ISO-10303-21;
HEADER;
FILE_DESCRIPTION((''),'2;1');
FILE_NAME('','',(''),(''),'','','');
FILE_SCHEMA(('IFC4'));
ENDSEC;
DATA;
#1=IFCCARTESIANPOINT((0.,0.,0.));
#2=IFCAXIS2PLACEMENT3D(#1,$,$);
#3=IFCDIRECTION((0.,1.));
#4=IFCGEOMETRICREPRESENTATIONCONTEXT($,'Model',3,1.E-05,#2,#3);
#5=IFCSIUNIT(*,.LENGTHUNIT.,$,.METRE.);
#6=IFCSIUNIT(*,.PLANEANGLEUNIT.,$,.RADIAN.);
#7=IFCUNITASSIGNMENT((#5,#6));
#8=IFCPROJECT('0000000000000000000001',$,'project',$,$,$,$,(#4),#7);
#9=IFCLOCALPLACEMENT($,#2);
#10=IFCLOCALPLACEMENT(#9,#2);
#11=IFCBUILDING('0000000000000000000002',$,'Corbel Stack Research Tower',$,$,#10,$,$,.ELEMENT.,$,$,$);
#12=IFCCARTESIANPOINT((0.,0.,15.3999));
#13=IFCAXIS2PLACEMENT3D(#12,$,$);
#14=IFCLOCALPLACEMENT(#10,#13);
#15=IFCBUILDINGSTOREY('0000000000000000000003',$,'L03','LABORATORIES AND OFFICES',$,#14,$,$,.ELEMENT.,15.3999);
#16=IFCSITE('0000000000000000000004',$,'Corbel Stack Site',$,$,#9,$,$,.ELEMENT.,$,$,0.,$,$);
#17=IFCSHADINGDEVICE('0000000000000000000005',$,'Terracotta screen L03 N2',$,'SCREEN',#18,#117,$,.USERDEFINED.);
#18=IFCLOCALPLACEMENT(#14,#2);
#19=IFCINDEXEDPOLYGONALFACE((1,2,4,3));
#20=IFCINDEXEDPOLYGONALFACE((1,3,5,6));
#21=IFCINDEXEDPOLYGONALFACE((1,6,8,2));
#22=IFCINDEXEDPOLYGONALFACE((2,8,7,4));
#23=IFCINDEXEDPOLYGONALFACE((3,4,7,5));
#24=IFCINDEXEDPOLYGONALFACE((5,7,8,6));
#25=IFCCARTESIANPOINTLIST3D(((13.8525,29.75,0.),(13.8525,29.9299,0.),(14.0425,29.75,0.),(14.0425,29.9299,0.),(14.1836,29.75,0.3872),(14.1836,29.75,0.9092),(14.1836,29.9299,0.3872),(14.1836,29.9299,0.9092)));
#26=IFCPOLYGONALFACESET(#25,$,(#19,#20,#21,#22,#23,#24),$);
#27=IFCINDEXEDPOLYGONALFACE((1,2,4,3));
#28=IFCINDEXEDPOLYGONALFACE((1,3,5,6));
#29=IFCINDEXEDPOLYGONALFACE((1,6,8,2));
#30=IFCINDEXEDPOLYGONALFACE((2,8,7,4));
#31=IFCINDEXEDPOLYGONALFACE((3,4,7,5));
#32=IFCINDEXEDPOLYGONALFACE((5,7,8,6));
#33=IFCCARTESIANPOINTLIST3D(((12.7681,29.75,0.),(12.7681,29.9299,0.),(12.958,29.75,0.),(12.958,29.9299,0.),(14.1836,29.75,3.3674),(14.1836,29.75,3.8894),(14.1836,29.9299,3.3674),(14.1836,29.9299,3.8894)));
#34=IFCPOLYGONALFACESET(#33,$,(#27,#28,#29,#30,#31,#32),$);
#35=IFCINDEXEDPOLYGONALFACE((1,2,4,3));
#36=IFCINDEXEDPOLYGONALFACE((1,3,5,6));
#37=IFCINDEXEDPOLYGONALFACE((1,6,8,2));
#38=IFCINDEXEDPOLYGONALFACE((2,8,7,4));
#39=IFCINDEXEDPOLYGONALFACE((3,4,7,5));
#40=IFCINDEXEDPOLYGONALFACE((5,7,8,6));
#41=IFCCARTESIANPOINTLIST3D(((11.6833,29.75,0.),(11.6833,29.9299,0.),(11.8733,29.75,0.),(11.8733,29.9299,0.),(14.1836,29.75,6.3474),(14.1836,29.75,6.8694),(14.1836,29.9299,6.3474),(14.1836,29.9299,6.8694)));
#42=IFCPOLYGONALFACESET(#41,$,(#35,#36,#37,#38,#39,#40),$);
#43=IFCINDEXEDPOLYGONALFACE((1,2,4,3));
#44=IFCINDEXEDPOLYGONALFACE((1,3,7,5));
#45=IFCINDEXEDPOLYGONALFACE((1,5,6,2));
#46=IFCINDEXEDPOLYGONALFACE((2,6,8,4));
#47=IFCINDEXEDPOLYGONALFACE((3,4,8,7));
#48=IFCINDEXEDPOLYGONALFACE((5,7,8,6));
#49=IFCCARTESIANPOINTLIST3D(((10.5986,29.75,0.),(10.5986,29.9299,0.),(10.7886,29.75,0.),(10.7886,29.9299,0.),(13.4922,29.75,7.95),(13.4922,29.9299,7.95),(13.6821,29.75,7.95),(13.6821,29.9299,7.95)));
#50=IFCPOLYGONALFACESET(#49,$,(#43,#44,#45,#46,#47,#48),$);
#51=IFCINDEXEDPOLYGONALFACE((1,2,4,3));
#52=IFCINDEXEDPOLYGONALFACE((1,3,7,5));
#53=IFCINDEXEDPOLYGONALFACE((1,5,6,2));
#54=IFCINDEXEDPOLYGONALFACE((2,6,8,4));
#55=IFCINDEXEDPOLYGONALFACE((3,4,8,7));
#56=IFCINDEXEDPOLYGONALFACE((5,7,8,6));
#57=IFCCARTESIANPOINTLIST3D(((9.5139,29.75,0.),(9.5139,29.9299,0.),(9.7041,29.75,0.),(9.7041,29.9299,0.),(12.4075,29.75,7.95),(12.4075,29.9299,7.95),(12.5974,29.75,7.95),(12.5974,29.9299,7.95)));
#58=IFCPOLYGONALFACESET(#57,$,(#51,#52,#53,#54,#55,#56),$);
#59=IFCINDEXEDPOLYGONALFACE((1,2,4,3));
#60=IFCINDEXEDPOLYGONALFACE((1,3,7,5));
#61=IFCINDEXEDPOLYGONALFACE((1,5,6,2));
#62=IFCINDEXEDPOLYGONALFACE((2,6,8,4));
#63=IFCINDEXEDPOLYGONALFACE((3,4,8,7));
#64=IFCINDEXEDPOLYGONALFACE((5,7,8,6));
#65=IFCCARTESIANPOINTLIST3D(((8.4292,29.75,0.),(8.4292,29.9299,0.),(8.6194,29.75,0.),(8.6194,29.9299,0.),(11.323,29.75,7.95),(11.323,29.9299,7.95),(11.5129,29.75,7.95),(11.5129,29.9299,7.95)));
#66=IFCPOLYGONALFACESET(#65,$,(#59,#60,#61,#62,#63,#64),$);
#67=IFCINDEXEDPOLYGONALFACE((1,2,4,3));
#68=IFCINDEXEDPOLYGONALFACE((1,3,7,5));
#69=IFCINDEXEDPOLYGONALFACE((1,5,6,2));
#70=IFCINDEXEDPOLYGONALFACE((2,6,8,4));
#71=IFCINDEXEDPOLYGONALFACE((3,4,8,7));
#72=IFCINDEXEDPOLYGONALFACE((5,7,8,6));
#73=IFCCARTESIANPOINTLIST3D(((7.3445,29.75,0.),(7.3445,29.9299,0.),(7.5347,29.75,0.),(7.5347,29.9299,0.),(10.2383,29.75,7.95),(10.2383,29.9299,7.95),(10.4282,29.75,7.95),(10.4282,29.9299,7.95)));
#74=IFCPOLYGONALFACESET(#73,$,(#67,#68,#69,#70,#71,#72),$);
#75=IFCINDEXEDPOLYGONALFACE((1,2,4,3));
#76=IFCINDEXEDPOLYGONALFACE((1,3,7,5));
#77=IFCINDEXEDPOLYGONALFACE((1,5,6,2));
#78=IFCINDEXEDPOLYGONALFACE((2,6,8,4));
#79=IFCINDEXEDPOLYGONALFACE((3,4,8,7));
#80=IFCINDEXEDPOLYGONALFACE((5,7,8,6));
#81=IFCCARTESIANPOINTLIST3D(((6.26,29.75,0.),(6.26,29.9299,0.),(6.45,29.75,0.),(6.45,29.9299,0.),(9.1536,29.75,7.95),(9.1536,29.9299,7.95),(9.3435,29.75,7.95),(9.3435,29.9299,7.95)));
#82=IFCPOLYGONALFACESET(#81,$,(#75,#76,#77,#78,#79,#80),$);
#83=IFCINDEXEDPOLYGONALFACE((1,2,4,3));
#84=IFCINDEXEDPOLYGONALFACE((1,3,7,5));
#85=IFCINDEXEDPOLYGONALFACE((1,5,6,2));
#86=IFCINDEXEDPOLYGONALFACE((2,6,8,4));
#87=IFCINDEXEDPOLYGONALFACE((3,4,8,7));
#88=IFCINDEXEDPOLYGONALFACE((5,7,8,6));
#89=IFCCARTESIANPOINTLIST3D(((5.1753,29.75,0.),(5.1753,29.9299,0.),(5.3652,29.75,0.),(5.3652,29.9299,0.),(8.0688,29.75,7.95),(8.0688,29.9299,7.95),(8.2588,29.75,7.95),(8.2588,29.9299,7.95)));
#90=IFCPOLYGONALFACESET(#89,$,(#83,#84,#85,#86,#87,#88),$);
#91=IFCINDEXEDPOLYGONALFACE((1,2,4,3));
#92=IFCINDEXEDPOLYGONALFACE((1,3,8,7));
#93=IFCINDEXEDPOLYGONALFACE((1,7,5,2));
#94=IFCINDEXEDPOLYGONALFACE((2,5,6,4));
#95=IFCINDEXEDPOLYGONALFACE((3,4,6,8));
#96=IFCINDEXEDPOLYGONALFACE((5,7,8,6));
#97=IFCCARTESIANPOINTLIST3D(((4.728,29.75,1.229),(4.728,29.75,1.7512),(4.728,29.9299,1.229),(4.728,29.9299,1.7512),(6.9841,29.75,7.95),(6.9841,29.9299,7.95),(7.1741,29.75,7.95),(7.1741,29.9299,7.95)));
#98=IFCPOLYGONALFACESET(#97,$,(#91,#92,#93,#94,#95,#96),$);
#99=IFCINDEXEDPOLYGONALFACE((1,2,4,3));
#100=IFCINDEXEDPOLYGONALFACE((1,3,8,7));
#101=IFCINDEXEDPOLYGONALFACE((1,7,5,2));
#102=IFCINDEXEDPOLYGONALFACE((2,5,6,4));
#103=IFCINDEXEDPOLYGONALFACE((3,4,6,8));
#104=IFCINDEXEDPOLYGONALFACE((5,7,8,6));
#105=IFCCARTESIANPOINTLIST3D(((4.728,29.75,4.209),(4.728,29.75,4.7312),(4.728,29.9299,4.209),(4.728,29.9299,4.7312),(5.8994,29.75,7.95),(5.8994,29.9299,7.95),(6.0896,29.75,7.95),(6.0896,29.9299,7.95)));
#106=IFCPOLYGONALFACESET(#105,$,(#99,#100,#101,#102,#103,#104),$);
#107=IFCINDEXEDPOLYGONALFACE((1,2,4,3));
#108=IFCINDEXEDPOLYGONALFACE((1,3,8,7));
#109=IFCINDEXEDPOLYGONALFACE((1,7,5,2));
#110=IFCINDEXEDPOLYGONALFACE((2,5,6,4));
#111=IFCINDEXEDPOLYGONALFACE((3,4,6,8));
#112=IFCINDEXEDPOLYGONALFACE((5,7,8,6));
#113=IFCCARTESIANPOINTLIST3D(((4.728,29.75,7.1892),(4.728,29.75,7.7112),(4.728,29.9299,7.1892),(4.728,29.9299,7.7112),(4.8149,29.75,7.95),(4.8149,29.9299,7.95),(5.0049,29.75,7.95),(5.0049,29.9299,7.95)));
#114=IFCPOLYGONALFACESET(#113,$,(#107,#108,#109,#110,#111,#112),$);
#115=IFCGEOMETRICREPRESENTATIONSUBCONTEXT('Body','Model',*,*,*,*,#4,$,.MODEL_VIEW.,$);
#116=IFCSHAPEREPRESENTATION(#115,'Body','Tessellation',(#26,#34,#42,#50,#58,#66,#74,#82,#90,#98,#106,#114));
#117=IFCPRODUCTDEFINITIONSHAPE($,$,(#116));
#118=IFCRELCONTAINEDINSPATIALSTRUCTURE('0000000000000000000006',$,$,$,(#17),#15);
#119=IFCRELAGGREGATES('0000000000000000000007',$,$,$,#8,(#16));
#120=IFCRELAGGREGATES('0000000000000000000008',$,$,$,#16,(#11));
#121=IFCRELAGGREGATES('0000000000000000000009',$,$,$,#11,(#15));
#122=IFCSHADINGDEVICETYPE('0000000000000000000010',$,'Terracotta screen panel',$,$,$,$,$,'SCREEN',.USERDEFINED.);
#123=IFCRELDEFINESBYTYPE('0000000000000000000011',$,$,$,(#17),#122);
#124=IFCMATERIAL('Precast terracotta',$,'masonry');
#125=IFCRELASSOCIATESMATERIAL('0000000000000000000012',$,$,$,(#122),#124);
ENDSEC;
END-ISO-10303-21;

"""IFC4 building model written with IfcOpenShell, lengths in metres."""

from ifc_helpers import new_model, si_unit, direction, frame, origin, place, context, subcontext, project, spatial, polyline, outline, extrude, source, transform, mapped, material, type_object, element, save


model = new_model("IFC4")

# Units and contexts
model_context = context("Model", 3, precision=1e-05, world=origin(), true_north=direction((0.0, 1.0)))
body_context = subcontext(model_context, "Body", "Model", "MODEL_VIEW")
ifc_project = project(units=[si_unit("LENGTHUNIT", "METRE"), si_unit("PLANEANGLEUNIT", "RADIAN")], contexts=[model_context])

# Site, building, storey
site_placement = place(None, origin())
site = spatial("IfcSite", under=ifc_project, at=site_placement, Name="Corbel Stack Site", CompositionType="ELEMENT", RefElevation=0.0)
building_placement = place(site_placement, origin())
building = spatial("IfcBuilding", under=site, at=building_placement, Name="Corbel Stack Research Tower", CompositionType="ELEMENT")
storey_placement = place(building_placement, frame((0.0, 0.0, 15.3999)))
storey = spatial("IfcBuildingStorey", under=building, at=storey_placement, Name="L03", Description="LABORATORIES AND OFFICES", CompositionType="ELEMENT", Elevation=15.3999)

# Shading device
ifc_material_1 = material(Name="Precast terracotta", Category="masonry")
shading_device_type = type_object("IfcShadingDeviceType", Name="Terracotta screen panel", ElementType="SCREEN", PredefinedType="USERDEFINED", material=ifc_material_1)
shared_shape_1 = source(origin(), body_context, "Body", "SweptSolid", [
    extrude(outline(polyline([(0.3311, 0.0), (0.0, 0.9092), (0.0, 0.3872), (0.1411, 0.0), (0.3311, 0.0)])), frame((0.0, 0.0, 0.0), z_axis=(0.0, -1.0, 0.0), x_axis=(1.0, 0.0, 0.0)), (0.0, 0.0, 1.0), 0.1799),
    extrude(outline(polyline([(1.4155, 0.0), (0.0, 3.8894), (0.0, 3.3674), (1.2256, 0.0), (1.4155, 0.0)])), frame((0.0, 0.0, 0.0), z_axis=(0.0, -1.0, 0.0), x_axis=(1.0, 0.0, 0.0)), (0.0, 0.0, 1.0), 0.1799),
    extrude(outline(polyline([(2.5002, 0.0), (0.0, 6.8694), (0.0, 6.3474), (2.3103, 0.0), (2.5002, 0.0)])), frame((0.0, 0.0, 0.0), z_axis=(0.0, -1.0, 0.0), x_axis=(1.0, 0.0, 0.0)), (0.0, 0.0, 1.0), 0.1799),
    extrude(outline(polyline([(3.585, 0.0), (0.6914, 7.95), (0.5015, 7.95), (3.395, 0.0), (3.585, 0.0)])), frame((0.0, 0.0, 0.0), z_axis=(0.0, -1.0, 0.0), x_axis=(1.0, 0.0, 0.0)), (0.0, 0.0, 1.0), 0.1799),
    extrude(outline(polyline([(4.6697, 0.0), (1.7761, 7.95), (1.5862, 7.95), (4.4795, 0.0), (4.6697, 0.0)])), frame((0.0, 0.0, 0.0), z_axis=(0.0, -1.0, 0.0), x_axis=(1.0, 0.0, 0.0)), (0.0, 0.0, 1.0), 0.1799),
    extrude(outline(polyline([(5.7544, 0.0), (2.8606, 7.95), (2.6707, 7.95), (5.5642, 0.0), (5.7544, 0.0)])), frame((0.0, 0.0, 0.0), z_axis=(0.0, -1.0, 0.0), x_axis=(1.0, 0.0, 0.0)), (0.0, 0.0, 1.0), 0.1799),
    extrude(outline(polyline([(6.8391, 0.0), (3.9453, 7.95), (3.7554, 7.95), (6.6489, 0.0), (6.8391, 0.0)])), frame((0.0, 0.0, 0.0), z_axis=(0.0, -1.0, 0.0), x_axis=(1.0, 0.0, 0.0)), (0.0, 0.0, 1.0), 0.1799),
    extrude(outline(polyline([(7.9236, 0.0), (5.03, 7.95), (4.8401, 7.95), (7.7336, 0.0), (7.9236, 0.0)])), frame((0.0, 0.0, 0.0), z_axis=(0.0, -1.0, 0.0), x_axis=(1.0, 0.0, 0.0)), (0.0, 0.0, 1.0), 0.1799),
    extrude(outline(polyline([(9.0083, 0.0), (6.1147, 7.95), (5.9248, 7.95), (8.8184, 0.0), (9.0083, 0.0)])), frame((0.0, 0.0, 0.0), z_axis=(0.0, -1.0, 0.0), x_axis=(1.0, 0.0, 0.0)), (0.0, 0.0, 1.0), 0.1799),
    extrude(outline(polyline([(7.1995, 7.95), (7.0095, 7.95), (9.4556, 1.229), (9.4556, 1.7512), (7.1995, 7.95)])), frame((0.0, 0.0, 0.0), z_axis=(0.0, -1.0, 0.0), x_axis=(1.0, 0.0, 0.0)), (0.0, 0.0, 1.0), 0.1799),
    extrude(outline(polyline([(8.2842, 7.95), (8.094, 7.95), (9.4556, 4.209), (9.4556, 4.7312), (8.2842, 7.95)])), frame((0.0, 0.0, 0.0), z_axis=(0.0, -1.0, 0.0), x_axis=(1.0, 0.0, 0.0)), (0.0, 0.0, 1.0), 0.1799),
    extrude(outline(polyline([(9.3687, 7.95), (9.1787, 7.95), (9.4556, 7.1892), (9.4556, 7.7112), (9.3687, 7.95)])), frame((0.0, 0.0, 0.0), z_axis=(0.0, -1.0, 0.0), x_axis=(1.0, 0.0, 0.0)), (0.0, 0.0, 1.0), 0.1799),
])
shading_device_1_placement = place(storey_placement, frame((14.1836, 29.75, 0.0), z_axis=(0.0, 0.0, 1.0), x_axis=(-1.0, 0.0, 0.0)))
element("IfcShadingDevice", 1, at=shading_device_1_placement, inside=storey, type_object=shading_device_type, Name="Terracotta screen L03 N2", ObjectType="SCREEN", PredefinedType="USERDEFINED", context=body_context, shape_type="MappedRepresentation", body=[
    mapped(shared_shape_1, transform((0.0, 0.0, 0.0))),
])

save(model, "model.ifc")
